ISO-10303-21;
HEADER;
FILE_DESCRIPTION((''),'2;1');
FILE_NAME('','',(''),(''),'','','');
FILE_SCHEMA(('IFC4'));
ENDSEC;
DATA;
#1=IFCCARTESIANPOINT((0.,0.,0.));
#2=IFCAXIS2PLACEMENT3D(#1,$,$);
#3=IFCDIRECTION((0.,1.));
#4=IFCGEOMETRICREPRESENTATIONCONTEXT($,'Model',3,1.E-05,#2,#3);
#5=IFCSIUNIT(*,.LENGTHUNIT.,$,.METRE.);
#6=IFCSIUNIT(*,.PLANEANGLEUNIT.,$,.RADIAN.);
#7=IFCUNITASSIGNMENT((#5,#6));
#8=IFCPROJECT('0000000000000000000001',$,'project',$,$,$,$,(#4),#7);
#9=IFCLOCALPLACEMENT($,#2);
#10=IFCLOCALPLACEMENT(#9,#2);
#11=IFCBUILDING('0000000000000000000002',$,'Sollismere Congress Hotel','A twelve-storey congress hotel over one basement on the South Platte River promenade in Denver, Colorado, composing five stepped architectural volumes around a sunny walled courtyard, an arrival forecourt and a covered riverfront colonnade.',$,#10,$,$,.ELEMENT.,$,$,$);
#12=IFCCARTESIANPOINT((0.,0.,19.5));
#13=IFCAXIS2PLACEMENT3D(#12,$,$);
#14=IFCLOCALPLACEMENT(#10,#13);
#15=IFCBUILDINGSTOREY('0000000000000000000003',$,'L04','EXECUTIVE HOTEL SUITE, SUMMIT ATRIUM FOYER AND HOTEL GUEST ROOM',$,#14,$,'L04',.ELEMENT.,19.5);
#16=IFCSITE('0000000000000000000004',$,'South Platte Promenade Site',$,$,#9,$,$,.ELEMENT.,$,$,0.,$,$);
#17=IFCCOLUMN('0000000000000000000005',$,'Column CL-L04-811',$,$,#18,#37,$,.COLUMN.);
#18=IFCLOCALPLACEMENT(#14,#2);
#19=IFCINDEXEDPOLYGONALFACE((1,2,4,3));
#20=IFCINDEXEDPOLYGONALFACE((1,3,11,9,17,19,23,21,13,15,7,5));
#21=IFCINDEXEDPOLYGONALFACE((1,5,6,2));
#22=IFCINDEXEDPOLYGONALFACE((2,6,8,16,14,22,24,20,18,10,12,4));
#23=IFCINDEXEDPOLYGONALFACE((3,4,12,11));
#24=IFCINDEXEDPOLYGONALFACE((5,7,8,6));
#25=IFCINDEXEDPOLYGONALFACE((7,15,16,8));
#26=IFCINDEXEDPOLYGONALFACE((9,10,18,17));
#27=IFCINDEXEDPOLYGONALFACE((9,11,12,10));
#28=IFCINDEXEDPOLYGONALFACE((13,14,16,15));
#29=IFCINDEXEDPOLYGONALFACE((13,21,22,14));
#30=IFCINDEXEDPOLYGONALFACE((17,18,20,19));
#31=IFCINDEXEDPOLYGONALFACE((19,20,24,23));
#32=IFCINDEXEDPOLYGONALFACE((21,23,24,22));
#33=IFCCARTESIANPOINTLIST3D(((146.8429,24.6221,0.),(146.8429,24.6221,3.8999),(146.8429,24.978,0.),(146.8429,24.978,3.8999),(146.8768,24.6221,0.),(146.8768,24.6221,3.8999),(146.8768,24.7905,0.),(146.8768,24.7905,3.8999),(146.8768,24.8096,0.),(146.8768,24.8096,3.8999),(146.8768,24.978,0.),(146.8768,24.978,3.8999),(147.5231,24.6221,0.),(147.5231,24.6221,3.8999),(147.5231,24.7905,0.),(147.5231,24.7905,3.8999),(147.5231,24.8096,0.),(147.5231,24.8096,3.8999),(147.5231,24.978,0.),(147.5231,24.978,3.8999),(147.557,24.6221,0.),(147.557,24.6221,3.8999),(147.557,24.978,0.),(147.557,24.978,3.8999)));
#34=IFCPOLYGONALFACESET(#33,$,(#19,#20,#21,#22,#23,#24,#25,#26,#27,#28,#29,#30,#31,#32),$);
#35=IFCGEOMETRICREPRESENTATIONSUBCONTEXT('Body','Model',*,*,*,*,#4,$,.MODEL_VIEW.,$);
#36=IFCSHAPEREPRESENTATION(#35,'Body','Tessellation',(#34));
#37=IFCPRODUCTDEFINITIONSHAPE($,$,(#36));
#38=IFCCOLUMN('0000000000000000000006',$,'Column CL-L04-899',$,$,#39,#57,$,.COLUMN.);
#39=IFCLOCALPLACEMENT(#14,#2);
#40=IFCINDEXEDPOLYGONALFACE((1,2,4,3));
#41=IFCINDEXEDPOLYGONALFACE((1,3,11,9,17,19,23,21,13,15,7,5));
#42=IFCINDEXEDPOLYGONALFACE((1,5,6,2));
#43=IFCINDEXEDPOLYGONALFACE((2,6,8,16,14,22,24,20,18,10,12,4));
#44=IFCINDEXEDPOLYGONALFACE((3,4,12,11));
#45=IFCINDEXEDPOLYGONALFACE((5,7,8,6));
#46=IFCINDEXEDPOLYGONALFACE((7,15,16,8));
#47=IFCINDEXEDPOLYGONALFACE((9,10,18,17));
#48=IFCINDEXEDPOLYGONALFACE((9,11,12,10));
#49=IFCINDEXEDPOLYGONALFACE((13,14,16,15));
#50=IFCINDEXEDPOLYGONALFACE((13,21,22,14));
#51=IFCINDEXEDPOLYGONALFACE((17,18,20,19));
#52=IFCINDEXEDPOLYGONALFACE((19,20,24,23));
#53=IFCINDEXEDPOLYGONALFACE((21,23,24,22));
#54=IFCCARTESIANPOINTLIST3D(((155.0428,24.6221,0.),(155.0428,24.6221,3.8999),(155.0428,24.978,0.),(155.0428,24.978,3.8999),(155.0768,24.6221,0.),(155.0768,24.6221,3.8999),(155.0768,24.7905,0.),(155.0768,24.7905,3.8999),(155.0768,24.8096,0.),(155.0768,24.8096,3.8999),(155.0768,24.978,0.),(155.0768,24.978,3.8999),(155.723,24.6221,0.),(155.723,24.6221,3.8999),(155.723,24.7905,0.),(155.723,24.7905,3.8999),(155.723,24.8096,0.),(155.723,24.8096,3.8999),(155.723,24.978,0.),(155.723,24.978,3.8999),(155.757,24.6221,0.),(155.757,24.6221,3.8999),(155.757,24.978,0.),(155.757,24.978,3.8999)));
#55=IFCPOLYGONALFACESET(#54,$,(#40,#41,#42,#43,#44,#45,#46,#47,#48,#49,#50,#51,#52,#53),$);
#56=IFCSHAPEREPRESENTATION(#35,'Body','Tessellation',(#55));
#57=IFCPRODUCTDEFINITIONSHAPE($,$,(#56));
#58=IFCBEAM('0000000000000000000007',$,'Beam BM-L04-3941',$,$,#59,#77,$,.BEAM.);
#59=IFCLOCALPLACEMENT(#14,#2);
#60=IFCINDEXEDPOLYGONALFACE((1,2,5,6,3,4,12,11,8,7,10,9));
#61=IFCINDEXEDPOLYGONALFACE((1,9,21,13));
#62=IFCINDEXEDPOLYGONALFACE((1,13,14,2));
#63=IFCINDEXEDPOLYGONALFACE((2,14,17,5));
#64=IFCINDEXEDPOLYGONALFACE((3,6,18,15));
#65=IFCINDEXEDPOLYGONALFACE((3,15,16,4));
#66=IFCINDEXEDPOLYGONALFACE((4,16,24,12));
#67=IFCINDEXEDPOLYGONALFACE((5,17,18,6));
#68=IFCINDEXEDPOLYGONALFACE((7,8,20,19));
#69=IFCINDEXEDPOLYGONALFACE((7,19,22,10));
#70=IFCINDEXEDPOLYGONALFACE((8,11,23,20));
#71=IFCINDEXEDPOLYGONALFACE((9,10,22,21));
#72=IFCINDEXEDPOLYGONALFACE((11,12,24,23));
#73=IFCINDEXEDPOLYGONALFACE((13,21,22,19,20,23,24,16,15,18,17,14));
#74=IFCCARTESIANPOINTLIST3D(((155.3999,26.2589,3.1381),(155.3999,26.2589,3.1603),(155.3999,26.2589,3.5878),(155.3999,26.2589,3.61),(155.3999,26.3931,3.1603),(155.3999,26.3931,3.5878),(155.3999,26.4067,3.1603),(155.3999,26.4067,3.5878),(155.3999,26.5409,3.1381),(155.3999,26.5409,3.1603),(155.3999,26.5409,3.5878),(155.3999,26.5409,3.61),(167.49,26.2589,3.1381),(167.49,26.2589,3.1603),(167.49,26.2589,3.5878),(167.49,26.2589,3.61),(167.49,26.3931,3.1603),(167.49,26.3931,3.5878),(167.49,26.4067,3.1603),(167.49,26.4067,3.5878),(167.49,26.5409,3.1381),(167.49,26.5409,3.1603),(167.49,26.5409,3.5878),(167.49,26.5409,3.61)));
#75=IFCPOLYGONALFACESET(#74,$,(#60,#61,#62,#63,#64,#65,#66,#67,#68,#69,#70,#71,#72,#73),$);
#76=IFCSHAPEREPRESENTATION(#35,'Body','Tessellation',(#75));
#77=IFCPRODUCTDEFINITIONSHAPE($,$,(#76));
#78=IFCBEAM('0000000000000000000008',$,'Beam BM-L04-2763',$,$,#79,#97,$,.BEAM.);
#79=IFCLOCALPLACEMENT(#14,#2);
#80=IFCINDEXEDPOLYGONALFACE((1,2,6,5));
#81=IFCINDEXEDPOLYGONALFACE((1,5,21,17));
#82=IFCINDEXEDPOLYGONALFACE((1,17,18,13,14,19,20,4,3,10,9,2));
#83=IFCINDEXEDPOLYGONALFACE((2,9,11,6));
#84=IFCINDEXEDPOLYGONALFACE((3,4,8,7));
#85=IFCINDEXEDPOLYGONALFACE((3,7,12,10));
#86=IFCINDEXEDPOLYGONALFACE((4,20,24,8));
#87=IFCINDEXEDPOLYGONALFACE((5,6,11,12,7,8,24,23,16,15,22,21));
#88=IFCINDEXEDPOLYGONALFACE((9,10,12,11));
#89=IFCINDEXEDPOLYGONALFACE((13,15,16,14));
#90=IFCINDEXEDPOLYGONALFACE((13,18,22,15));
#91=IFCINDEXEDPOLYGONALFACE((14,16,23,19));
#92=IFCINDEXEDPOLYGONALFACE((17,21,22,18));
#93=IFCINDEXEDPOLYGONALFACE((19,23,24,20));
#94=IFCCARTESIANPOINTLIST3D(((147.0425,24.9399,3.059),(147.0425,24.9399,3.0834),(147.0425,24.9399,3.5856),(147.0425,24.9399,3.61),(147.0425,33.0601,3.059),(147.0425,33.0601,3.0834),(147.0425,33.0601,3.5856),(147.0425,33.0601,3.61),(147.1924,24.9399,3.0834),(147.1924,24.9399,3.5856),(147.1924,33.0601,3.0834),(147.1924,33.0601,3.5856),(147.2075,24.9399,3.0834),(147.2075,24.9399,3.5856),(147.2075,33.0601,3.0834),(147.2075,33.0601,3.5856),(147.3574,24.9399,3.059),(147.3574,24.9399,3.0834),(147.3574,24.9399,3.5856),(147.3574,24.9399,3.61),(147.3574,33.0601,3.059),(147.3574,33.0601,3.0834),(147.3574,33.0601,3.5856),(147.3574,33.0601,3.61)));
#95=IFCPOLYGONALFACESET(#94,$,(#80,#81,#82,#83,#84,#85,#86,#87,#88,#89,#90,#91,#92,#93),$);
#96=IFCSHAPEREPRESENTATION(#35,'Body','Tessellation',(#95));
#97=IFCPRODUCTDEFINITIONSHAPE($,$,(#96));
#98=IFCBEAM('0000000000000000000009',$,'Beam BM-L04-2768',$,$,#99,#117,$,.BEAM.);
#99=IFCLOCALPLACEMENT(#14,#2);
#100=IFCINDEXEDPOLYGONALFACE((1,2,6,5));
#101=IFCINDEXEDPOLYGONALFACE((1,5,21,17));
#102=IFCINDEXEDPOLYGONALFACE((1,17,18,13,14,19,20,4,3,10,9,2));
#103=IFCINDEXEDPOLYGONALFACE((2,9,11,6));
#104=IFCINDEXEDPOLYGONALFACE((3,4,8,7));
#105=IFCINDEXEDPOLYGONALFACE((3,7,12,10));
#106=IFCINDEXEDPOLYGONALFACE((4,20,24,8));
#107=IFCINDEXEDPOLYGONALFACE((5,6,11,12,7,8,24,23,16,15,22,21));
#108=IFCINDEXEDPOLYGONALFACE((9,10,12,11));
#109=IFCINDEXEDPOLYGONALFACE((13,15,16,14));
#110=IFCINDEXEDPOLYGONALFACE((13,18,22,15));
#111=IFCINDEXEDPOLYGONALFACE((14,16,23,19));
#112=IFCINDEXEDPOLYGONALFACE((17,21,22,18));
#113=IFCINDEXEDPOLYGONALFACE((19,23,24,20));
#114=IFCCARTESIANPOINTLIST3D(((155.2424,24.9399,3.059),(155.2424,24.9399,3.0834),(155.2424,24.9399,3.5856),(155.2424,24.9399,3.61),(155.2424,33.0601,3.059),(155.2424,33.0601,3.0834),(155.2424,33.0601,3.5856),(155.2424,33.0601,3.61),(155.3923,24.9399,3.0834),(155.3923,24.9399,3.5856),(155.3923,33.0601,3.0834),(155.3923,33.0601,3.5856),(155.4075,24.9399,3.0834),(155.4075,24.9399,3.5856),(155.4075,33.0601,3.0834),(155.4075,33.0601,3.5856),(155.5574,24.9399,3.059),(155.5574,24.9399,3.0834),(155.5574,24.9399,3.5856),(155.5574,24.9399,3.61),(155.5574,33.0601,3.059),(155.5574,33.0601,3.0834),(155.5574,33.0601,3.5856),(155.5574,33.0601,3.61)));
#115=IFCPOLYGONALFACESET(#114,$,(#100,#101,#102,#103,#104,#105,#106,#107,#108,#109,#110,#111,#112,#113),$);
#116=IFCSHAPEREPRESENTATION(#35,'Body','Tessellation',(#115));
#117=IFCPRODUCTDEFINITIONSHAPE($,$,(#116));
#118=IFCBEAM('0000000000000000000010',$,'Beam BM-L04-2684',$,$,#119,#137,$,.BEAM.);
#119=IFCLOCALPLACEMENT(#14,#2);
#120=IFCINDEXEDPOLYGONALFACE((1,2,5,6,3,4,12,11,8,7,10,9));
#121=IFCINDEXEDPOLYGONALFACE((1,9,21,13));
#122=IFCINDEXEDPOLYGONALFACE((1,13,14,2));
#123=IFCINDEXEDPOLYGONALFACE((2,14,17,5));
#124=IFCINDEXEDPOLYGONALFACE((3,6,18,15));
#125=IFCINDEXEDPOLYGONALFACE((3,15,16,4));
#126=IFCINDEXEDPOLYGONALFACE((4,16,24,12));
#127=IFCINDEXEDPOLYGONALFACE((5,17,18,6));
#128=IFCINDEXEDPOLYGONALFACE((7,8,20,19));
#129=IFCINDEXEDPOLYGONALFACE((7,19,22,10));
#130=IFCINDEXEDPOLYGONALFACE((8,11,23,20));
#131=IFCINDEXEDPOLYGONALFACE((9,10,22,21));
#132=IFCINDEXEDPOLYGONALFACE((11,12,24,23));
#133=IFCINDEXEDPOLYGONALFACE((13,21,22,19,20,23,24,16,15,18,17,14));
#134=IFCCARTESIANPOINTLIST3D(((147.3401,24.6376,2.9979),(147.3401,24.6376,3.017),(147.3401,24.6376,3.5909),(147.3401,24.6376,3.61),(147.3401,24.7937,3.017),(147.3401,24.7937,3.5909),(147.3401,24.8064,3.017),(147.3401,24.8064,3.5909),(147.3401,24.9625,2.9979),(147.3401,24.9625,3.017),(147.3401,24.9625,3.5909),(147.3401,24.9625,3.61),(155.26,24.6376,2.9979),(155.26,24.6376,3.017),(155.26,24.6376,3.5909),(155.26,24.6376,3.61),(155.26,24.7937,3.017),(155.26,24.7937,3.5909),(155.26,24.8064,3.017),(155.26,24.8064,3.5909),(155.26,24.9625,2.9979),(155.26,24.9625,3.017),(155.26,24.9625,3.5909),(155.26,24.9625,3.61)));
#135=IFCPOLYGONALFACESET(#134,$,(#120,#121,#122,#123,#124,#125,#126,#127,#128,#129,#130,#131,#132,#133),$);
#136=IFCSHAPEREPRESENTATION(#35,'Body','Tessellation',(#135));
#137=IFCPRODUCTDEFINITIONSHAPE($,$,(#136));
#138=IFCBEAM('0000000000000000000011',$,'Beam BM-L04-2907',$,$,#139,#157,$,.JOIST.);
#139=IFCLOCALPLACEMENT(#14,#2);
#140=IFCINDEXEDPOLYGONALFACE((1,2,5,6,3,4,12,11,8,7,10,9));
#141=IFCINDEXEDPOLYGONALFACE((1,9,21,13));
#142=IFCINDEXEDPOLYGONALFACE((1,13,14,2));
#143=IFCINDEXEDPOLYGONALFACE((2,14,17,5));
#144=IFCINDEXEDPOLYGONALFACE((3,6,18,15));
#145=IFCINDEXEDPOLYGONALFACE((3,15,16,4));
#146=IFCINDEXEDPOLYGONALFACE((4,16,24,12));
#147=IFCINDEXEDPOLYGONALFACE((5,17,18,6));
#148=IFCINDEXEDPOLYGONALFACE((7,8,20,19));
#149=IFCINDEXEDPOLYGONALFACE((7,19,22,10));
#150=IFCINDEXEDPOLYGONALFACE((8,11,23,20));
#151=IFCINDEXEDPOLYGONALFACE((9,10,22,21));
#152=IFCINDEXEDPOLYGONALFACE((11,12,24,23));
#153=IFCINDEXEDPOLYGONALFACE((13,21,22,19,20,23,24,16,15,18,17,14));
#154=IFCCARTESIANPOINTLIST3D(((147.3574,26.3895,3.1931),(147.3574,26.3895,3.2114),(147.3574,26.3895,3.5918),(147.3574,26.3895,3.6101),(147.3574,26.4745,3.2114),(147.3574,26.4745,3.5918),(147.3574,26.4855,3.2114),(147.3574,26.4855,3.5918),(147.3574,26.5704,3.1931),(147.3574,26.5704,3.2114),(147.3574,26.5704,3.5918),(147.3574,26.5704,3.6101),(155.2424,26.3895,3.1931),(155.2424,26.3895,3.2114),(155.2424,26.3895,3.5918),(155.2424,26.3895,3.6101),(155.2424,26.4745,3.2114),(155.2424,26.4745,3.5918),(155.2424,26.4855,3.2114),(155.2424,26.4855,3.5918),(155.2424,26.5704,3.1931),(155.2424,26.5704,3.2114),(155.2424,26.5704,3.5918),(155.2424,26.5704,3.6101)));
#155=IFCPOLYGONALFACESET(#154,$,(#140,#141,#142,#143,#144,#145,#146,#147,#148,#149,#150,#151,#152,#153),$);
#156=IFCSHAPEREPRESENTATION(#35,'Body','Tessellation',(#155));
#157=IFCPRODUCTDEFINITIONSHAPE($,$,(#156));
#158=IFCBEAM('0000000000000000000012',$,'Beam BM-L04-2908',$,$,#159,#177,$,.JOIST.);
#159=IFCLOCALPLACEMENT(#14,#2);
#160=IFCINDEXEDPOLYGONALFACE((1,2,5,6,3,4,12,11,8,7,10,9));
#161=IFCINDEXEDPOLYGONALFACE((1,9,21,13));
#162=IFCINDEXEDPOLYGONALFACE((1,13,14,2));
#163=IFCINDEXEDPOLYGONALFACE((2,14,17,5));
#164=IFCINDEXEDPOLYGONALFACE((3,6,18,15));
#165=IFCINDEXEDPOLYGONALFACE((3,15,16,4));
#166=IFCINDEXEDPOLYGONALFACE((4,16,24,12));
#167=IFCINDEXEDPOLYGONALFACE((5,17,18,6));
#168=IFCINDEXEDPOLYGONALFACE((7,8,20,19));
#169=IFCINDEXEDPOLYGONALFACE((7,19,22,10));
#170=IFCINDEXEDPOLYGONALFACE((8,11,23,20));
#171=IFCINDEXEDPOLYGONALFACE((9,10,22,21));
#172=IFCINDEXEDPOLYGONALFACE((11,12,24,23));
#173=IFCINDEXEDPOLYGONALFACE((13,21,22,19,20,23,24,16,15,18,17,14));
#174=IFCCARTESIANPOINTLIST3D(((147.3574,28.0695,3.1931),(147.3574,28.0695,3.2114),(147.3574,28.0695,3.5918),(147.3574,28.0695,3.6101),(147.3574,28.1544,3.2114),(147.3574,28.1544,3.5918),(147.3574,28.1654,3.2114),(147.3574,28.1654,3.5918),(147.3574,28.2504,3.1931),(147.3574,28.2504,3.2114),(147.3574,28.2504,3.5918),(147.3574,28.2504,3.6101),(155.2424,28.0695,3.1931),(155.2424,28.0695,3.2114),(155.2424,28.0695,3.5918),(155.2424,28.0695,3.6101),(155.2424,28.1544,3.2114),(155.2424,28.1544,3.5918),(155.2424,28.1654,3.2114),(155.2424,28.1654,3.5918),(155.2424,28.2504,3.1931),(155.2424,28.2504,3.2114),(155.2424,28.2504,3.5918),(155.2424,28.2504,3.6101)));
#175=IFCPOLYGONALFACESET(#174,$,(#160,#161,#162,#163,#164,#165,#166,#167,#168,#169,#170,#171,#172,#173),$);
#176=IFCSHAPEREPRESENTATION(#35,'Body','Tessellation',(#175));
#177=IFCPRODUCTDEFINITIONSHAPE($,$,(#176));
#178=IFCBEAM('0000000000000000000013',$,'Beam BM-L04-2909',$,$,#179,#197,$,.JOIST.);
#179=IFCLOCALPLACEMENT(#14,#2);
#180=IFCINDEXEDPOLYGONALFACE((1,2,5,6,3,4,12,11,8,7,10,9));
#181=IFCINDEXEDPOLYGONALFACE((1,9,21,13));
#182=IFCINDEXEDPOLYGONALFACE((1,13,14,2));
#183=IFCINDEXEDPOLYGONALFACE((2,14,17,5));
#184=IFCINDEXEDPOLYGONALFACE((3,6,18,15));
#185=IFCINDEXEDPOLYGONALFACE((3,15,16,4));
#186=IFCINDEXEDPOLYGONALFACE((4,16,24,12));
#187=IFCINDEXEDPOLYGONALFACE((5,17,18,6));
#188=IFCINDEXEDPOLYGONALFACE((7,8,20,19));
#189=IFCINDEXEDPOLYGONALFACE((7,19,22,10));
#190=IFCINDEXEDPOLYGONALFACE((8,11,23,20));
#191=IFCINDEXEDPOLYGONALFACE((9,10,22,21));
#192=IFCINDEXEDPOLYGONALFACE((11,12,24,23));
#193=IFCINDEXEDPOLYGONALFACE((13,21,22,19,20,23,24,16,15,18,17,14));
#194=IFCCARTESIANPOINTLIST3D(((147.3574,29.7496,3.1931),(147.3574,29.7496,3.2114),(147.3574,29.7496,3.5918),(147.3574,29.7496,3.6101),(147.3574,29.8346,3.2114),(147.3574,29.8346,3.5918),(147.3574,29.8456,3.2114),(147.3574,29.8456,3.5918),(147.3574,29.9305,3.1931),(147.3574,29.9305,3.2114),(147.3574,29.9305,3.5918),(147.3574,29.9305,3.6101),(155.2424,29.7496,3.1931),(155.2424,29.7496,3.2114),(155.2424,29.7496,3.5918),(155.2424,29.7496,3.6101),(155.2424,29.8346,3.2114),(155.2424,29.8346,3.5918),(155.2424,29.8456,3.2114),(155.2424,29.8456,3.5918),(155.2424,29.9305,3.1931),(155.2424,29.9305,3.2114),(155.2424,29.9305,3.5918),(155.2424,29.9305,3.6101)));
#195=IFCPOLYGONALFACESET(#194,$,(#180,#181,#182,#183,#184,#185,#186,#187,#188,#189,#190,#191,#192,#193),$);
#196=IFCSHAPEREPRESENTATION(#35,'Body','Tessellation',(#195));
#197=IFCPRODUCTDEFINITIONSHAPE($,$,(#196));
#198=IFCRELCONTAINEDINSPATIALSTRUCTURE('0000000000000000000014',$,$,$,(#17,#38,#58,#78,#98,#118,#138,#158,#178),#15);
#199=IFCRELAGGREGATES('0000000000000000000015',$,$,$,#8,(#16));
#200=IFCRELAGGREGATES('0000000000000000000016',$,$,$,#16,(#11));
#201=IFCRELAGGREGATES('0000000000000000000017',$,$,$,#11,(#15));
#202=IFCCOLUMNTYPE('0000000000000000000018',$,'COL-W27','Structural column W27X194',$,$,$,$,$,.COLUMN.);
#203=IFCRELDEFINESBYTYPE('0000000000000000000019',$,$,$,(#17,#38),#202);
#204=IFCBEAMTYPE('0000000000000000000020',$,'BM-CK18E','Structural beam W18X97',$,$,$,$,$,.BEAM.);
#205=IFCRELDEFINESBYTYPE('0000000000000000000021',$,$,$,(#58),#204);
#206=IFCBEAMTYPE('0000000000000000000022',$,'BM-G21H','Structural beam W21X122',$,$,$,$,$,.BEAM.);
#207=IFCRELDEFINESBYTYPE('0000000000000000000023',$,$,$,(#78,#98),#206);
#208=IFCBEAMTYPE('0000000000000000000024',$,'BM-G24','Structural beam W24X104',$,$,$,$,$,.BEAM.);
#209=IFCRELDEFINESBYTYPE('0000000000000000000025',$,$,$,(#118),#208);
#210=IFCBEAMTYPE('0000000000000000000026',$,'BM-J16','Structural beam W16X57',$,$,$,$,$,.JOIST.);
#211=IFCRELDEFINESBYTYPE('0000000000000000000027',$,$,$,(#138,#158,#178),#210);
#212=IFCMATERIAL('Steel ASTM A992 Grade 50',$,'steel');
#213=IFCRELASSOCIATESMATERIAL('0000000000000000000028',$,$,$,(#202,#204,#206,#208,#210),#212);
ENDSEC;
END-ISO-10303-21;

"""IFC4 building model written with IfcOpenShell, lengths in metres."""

from ifc_helpers import new_model, si_unit, direction, frame, origin, origin_2d, place, context, subcontext, project, spatial, i_section, extrude, material, material_profile, profile_set, type_object, element, save


model = new_model("IFC4")

# Units and contexts
model_context = context("Model", 3, precision=1e-05, world=origin(), true_north=direction((0.0, 1.0)))
body_context = subcontext(model_context, "Body", "Model", "MODEL_VIEW")
ifc_project = project(units=[si_unit("LENGTHUNIT", "METRE"), si_unit("PLANEANGLEUNIT", "RADIAN")], contexts=[model_context])

# Site, building, storey
site_placement = place(None, origin())
site = spatial("IfcSite", under=ifc_project, at=site_placement, Name="South Platte Promenade Site", CompositionType="ELEMENT", RefElevation=0.0)
building_placement = place(site_placement, origin())
building = spatial("IfcBuilding", under=site, at=building_placement, Name="Sollismere Congress Hotel", Description="A twelve-storey congress hotel over one basement on the South Platte River promenade in Denver, Colorado, composing five stepped architectural volumes around a sunny walled courtyard, an arrival forecourt and a covered riverfront colonnade.", CompositionType="ELEMENT")
storey_placement = place(building_placement, frame((0.0, 0.0, 19.5)))
storey = spatial("IfcBuildingStorey", under=building, at=storey_placement, Name="L04", Description="EXECUTIVE HOTEL SUITE, SUMMIT ATRIUM FOYER AND HOTEL GUEST ROOM", LongName="L04", CompositionType="ELEMENT", Elevation=19.5)

# Columns
ifc_material_1 = material(Name="Steel ASTM A992 Grade 50", Category="steel")
ifc_material_profile_1 = material_profile(ifc_material_1, i_section(OverallWidth=0.356, OverallDepth=0.7141, WebThickness=0.019, FlangeThickness=0.0339, at=origin_2d()), Name="W27X194")
ifc_profile_set_1 = profile_set([ifc_material_profile_1], Name="Steel ASTM A992 Grade 50")
column_type = type_object("IfcColumnType", Name="COL-W27", Description="Structural column W27X194", PredefinedType="COLUMN", material=ifc_profile_set_1)
for number, where, z_axis, x_axis, name in (
    (1, (147.2, 24.8, 0.0), (0.0, 0.0, 1.0), (0.0, 1.0, 0.0), "Column CL-L04-811"),
    (2, (155.3999, 24.8, 0.0), (0.0, 0.0, 1.0), (0.0, 1.0, 0.0), "Column CL-L04-899"),
):
    element("IfcColumn", number, at=place(storey_placement, frame(where, z_axis=z_axis, x_axis=x_axis)), inside=storey, type_object=column_type, Name=name, PredefinedType="COLUMN", context=body_context, shape_type="SweptSolid", body=[
        extrude(i_section(OverallWidth=0.356, OverallDepth=0.7141, WebThickness=0.019, FlangeThickness=0.0339, at=origin_2d()), origin(), (0.0, 0.0, 1.0), 3.8999),
    ])

# Beams
ifc_material_profile_2 = material_profile(ifc_material_1, i_section(OverallWidth=0.282, OverallDepth=0.4719, WebThickness=0.0137, FlangeThickness=0.0222, at=origin_2d()), Name="W18X97")
ifc_profile_set_2 = profile_set([ifc_material_profile_2], Name="Steel ASTM A992 Grade 50")
beam_type_1 = type_object("IfcBeamType", Name="BM-CK18E", Description="Structural beam W18X97", PredefinedType="BEAM", material=ifc_profile_set_2)
beam_1_placement = place(storey_placement, frame((155.3999, 26.3999, 3.374), z_axis=(1.0, 0.0, 0.0), x_axis=(0.0, 1.0, 0.0)))
element("IfcBeam", 3, at=beam_1_placement, inside=storey, type_object=beam_type_1, Name="Beam BM-L04-3941", PredefinedType="BEAM", context=body_context, shape_type="SweptSolid", body=[
    extrude(i_section(OverallWidth=0.282, OverallDepth=0.4719, WebThickness=0.0137, FlangeThickness=0.0222, at=origin_2d()), origin(), (0.0, 0.0, 1.0), 12.0901),
])
ifc_material_profile_3 = material_profile(ifc_material_1, i_section(OverallWidth=0.3149, OverallDepth=0.551, WebThickness=0.0151, FlangeThickness=0.0244, at=origin_2d()), Name="W21X122")
ifc_profile_set_3 = profile_set([ifc_material_profile_3], Name="Steel ASTM A992 Grade 50")
beam_type_2 = type_object("IfcBeamType", Name="BM-G21H", Description="Structural beam W21X122", PredefinedType="BEAM", material=ifc_profile_set_3)
for number, where, z_axis, x_axis, name in (
    (4, (147.2, 24.9399, 3.3345), (0.0, 1.0, 0.0), (-1.0, 0.0, 0.0), "Beam BM-L04-2763"),
    (5, (155.3999, 24.9399, 3.3345), (0.0, 1.0, 0.0), (-1.0, 0.0, 0.0), "Beam BM-L04-2768"),
):
    element("IfcBeam", number, at=place(storey_placement, frame(where, z_axis=z_axis, x_axis=x_axis)), inside=storey, type_object=beam_type_2, Name=name, PredefinedType="BEAM", context=body_context, shape_type="SweptSolid", body=[
        extrude(i_section(OverallWidth=0.3149, OverallDepth=0.551, WebThickness=0.0151, FlangeThickness=0.0244, at=origin_2d()), origin(), (0.0, 0.0, 1.0), 8.1201),
    ])
ifc_material_profile_4 = material_profile(ifc_material_1, i_section(OverallWidth=0.325, OverallDepth=0.6121, WebThickness=0.0127, FlangeThickness=0.019, at=origin_2d()), Name="W24X104")
ifc_profile_set_4 = profile_set([ifc_material_profile_4], Name="Steel ASTM A992 Grade 50")
beam_type_3 = type_object("IfcBeamType", Name="BM-G24", Description="Structural beam W24X104", PredefinedType="BEAM", material=ifc_profile_set_4)
beam_2_placement = place(storey_placement, frame((147.3401, 24.8, 3.304), z_axis=(1.0, 0.0, 0.0), x_axis=(0.0, 1.0, 0.0)))
element("IfcBeam", 6, at=beam_2_placement, inside=storey, type_object=beam_type_3, Name="Beam BM-L04-2684", PredefinedType="BEAM", context=body_context, shape_type="SweptSolid", body=[
    extrude(i_section(OverallWidth=0.325, OverallDepth=0.6121, WebThickness=0.0127, FlangeThickness=0.019, at=origin_2d()), origin(), (0.0, 0.0, 1.0), 7.9199),
])
ifc_material_profile_5 = material_profile(ifc_material_1, i_section(OverallWidth=0.1809, OverallDepth=0.417, WebThickness=0.011, FlangeThickness=0.0183, at=origin_2d()), Name="W16X57")
ifc_profile_set_5 = profile_set([ifc_material_profile_5], Name="Steel ASTM A992 Grade 50")
beam_type_4 = type_object("IfcBeamType", Name="BM-J16", Description="Structural beam W16X57", PredefinedType="JOIST", material=ifc_profile_set_5)
for number, where, z_axis, x_axis, name in (
    (7, (147.3574, 26.48, 3.4016), (1.0, 0.0, 0.0), (0.0, 1.0, 0.0), "Beam BM-L04-2907"),
    (8, (147.3574, 28.1599, 3.4016), (1.0, 0.0, 0.0), (0.0, 1.0, 0.0), "Beam BM-L04-2908"),
    (9, (147.3574, 29.8401, 3.4016), (1.0, 0.0, 0.0), (0.0, 1.0, 0.0), "Beam BM-L04-2909"),
):
    element("IfcBeam", number, at=place(storey_placement, frame(where, z_axis=z_axis, x_axis=x_axis)), inside=storey, type_object=beam_type_4, Name=name, PredefinedType="JOIST", context=body_context, shape_type="SweptSolid", body=[
        extrude(i_section(OverallWidth=0.1809, OverallDepth=0.417, WebThickness=0.011, FlangeThickness=0.0183, at=origin_2d()), origin(), (0.0, 0.0, 1.0), 7.885),
    ])

save(model, "model.ifc")
